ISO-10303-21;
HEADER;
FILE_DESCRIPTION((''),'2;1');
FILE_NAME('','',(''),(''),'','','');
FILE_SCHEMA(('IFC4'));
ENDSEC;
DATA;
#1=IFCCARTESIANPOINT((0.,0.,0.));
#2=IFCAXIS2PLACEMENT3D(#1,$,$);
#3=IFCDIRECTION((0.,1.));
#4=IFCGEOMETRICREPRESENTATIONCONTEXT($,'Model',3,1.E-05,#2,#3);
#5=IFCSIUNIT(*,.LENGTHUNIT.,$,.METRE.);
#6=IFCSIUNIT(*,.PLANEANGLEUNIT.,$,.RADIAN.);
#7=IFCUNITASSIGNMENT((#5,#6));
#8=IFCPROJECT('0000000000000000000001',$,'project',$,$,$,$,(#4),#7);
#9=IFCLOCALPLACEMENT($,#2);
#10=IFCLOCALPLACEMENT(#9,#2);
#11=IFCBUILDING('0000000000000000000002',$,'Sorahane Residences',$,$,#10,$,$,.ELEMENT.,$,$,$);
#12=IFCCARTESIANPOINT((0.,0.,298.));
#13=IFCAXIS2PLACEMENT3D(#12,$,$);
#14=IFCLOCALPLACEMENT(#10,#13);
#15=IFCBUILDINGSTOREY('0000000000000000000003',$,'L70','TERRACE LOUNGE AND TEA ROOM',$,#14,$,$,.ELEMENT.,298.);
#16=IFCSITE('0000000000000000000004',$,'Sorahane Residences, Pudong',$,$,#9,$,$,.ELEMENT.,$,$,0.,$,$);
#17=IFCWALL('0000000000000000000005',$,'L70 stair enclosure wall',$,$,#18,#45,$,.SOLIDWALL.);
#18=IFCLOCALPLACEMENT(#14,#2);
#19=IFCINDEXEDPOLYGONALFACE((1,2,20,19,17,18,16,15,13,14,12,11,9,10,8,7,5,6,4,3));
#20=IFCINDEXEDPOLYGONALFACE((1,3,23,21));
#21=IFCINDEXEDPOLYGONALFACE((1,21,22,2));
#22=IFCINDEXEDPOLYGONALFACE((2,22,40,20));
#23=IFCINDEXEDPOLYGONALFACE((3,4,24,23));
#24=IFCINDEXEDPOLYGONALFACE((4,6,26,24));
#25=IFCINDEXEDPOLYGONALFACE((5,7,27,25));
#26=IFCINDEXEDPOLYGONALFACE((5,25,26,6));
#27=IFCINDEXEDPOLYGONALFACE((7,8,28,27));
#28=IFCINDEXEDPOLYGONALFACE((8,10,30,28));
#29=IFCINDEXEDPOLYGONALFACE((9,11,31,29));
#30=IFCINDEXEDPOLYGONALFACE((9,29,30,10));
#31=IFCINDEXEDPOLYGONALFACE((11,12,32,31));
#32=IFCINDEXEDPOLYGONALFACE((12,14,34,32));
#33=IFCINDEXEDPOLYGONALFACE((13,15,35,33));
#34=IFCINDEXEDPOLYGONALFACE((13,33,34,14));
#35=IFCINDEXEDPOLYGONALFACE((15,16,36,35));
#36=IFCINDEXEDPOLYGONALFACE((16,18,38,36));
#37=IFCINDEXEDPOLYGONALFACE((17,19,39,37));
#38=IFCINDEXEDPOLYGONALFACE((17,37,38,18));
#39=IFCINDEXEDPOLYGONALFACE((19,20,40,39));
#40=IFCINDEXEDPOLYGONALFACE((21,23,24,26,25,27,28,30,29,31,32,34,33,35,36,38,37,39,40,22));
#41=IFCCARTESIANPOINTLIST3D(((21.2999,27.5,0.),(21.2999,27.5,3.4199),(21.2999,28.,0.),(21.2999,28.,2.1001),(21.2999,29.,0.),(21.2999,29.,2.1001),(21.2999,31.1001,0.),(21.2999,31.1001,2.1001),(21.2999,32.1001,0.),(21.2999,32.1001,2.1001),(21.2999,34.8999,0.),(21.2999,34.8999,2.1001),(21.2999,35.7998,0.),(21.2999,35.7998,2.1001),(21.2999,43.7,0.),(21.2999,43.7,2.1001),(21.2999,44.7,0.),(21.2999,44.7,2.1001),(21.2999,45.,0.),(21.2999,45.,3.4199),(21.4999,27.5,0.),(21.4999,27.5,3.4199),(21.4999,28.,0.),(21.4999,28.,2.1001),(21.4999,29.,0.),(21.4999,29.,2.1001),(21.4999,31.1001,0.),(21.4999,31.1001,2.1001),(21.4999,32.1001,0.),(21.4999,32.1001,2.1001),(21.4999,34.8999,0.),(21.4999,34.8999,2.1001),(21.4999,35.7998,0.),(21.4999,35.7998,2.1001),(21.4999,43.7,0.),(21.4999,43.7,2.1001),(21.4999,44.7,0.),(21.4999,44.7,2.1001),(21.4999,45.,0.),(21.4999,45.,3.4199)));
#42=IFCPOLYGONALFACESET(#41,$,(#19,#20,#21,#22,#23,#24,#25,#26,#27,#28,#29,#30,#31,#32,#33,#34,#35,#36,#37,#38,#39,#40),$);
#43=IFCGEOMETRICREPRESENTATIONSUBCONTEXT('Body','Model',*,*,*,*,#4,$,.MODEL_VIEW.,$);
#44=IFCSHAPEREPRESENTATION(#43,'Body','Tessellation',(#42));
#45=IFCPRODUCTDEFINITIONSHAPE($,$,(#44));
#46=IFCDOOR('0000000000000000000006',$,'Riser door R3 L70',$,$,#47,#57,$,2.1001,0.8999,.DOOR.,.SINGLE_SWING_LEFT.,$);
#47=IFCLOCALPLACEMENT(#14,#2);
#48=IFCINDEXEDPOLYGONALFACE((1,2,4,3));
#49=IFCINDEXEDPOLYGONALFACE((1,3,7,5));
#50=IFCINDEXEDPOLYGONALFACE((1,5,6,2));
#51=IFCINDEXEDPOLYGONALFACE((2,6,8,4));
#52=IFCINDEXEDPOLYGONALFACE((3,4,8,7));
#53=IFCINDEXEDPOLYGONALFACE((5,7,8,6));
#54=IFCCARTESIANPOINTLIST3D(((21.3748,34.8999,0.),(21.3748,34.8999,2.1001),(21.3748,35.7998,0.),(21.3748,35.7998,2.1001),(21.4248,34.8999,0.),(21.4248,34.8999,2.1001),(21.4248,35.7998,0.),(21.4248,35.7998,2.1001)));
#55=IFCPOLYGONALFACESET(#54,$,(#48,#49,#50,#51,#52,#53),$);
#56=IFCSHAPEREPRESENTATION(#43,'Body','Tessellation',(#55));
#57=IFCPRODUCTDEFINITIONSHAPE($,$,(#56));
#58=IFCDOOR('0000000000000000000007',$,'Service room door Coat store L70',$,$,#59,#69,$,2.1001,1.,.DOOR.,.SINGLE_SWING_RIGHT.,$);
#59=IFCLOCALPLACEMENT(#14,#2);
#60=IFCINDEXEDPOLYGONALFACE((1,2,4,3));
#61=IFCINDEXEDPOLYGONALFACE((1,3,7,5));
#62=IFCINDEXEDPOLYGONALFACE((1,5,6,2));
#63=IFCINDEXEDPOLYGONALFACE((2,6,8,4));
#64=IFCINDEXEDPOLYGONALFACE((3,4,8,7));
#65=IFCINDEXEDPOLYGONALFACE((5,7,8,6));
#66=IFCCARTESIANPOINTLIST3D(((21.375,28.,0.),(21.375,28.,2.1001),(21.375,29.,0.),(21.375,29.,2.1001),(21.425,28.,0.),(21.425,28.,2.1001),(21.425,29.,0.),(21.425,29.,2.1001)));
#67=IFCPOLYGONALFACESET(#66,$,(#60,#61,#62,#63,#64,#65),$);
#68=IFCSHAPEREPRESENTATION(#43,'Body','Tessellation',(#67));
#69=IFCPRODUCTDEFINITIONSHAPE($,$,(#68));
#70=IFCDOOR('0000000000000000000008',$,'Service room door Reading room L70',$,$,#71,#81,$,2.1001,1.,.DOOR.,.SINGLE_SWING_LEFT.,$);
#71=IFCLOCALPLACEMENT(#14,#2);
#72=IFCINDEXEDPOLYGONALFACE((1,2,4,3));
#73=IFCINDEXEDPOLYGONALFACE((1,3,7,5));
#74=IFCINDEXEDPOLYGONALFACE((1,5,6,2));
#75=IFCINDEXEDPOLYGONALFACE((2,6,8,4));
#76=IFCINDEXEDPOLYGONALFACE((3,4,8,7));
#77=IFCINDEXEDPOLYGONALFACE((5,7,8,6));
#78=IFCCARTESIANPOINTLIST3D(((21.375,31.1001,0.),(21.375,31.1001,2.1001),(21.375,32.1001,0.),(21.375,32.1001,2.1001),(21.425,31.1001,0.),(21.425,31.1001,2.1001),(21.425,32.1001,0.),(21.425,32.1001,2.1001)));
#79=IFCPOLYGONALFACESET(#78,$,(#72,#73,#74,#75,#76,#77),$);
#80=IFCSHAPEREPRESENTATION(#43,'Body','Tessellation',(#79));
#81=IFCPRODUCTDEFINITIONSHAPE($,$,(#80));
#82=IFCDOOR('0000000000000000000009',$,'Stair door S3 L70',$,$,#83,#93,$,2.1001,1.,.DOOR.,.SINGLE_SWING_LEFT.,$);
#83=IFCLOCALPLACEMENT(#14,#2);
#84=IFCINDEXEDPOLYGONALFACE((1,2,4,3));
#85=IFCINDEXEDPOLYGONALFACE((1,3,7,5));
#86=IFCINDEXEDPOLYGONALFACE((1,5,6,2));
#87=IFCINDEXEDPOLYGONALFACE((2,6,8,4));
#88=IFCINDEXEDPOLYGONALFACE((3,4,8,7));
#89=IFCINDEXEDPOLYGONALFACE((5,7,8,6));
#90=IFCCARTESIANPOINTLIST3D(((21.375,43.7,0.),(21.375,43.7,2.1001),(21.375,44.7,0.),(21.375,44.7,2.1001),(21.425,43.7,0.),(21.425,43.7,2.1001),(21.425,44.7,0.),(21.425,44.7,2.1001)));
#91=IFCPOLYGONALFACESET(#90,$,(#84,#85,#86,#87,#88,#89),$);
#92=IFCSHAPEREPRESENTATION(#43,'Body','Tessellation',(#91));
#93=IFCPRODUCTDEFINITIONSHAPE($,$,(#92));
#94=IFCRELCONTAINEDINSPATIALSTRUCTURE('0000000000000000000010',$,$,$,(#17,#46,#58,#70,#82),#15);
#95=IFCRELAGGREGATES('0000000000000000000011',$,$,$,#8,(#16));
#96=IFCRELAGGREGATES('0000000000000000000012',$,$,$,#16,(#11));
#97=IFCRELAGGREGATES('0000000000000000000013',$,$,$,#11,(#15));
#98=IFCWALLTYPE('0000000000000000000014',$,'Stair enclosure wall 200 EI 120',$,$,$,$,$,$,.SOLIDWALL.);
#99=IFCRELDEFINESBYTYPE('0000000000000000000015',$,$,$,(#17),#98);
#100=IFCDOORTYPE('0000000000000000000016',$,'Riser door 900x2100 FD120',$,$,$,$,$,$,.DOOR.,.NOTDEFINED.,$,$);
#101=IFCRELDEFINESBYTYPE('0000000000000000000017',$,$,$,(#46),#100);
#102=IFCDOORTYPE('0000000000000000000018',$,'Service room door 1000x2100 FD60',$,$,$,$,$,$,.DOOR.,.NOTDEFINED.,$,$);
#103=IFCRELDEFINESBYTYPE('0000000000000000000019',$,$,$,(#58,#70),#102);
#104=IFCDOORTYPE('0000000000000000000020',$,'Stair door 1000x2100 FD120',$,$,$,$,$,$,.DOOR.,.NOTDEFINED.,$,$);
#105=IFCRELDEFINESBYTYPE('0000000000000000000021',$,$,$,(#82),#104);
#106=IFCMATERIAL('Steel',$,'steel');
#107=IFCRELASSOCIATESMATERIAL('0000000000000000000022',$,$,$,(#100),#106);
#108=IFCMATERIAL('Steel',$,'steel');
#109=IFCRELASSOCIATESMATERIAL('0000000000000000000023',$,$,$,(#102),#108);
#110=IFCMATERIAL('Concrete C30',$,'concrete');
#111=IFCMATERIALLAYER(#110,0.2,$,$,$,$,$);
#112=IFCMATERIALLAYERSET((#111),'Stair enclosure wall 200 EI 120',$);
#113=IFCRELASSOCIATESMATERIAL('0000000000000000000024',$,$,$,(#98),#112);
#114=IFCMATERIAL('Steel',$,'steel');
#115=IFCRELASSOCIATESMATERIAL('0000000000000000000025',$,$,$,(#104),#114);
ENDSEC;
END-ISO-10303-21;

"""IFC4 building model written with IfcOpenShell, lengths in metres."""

from ifc_helpers import new_model, si_unit, direction, frame, frame_2d, origin, place, context, subcontext, project, spatial, rectangle, extrude, material, layer, layer_set, type_object, element, fill, save


model = new_model("IFC4")

# Units and contexts
model_context = context("Model", 3, precision=1e-05, world=origin(), true_north=direction((0.0, 1.0)))
body_context = subcontext(model_context, "Body", "Model", "MODEL_VIEW")
ifc_project = project(units=[si_unit("LENGTHUNIT", "METRE"), si_unit("PLANEANGLEUNIT", "RADIAN")], contexts=[model_context])

# Site, building, storey
site_placement = place(None, origin())
site = spatial("IfcSite", under=ifc_project, at=site_placement, Name="Sorahane Residences, Pudong", CompositionType="ELEMENT", RefElevation=0.0)
building_placement = place(site_placement, origin())
building = spatial("IfcBuilding", under=site, at=building_placement, Name="Sorahane Residences", CompositionType="ELEMENT")
storey_placement = place(building_placement, frame((0.0, 0.0, 298.0)))
storey = spatial("IfcBuildingStorey", under=building, at=storey_placement, Name="L70", Description="TERRACE LOUNGE AND TEA ROOM", CompositionType="ELEMENT", Elevation=298.0)

# Shared definitions
ifc_material_1 = material(Name="Steel", Category="steel")
door_type_1 = type_object("IfcDoorType", Name="Riser door 900x2100 FD120", OperationType="NOTDEFINED", PredefinedType="DOOR", material=ifc_material_1)

# Shared definitions
ifc_material_2 = material(Name="Steel", Category="steel")
door_type_2 = type_object("IfcDoorType", Name="Service room door 1000x2100 FD60", OperationType="NOTDEFINED", PredefinedType="DOOR", material=ifc_material_2)

# Wall, openings, doors
ifc_material_3 = material(Name="Concrete C30", Category="concrete")
ifc_layer_1 = layer(ifc_material_3, 0.2)
ifc_layer_set_1 = layer_set([ifc_layer_1], Name="Stair enclosure wall 200 EI 120")
wall_type_1 = type_object("IfcWallType", Name="Stair enclosure wall 200 EI 120", PredefinedType="SOLIDWALL", material=ifc_layer_set_1)
wall_1_placement = place(storey_placement, frame((21.3999, 27.5, 0.0), z_axis=(0.0, 0.0, 1.0), x_axis=(0.0, 1.0, 0.0)))
wall_1 = element("IfcWall", 1, at=wall_1_placement, inside=storey, type_object=wall_type_1, Name="L70 stair enclosure wall", PredefinedType="SOLIDWALL", context=body_context, shape_type="SweptSolid", body=[
    extrude(rectangle(XDim=17.5, YDim=0.2, at=frame_2d((8.75, 0.0))), origin(), (0.0, 0.0, 1.0), 3.4199),
])
opening_1_placement = place(wall_1_placement, frame((0.5, 0.0, 0.0)))
opening_1 = element("IfcOpeningElement", 2, at=opening_1_placement, cuts=wall_1, PredefinedType="OPENING", context=body_context, shape_type="SweptSolid", body=[
    extrude(rectangle(XDim=1.0, YDim=2.1001, at=frame_2d((0.5, 1.05))), frame((0.0, 0.1099, 0.0), z_axis=(0.0, -1.0, 0.0), x_axis=(1.0, 0.0, 0.0)), (0.0, 0.0, 1.0), 0.22),
])
opening_2_placement = place(wall_1_placement, frame((3.6001, 0.0, 0.0)))
opening_2 = element("IfcOpeningElement", 3, at=opening_2_placement, cuts=wall_1, PredefinedType="OPENING", context=body_context, shape_type="SweptSolid", body=[
    extrude(rectangle(XDim=1.0, YDim=2.1001, at=frame_2d((0.5, 1.05))), frame((0.0, 0.1099, 0.0), z_axis=(0.0, -1.0, 0.0), x_axis=(1.0, 0.0, 0.0)), (0.0, 0.0, 1.0), 0.22),
])
opening_3_placement = place(wall_1_placement, frame((16.2, 0.0, 0.0)))
opening_3 = element("IfcOpeningElement", 4, at=opening_3_placement, cuts=wall_1, PredefinedType="OPENING", context=body_context, shape_type="SweptSolid", body=[
    extrude(rectangle(XDim=1.0, YDim=2.1001, at=frame_2d((0.5, 1.05))), frame((0.0, 0.1099, 0.0), z_axis=(0.0, -1.0, 0.0), x_axis=(1.0, 0.0, 0.0)), (0.0, 0.0, 1.0), 0.22),
])
opening_4_placement = place(wall_1_placement, frame((7.3999, 0.0, 0.0)))
opening_4 = element("IfcOpeningElement", 5, at=opening_4_placement, cuts=wall_1, PredefinedType="OPENING", context=body_context, shape_type="SweptSolid", body=[
    extrude(rectangle(XDim=0.8999, YDim=2.1001, at=frame_2d((0.45, 1.05))), frame((0.0, 0.1099, 0.0), z_axis=(0.0, -1.0, 0.0), x_axis=(1.0, 0.0, 0.0)), (0.0, 0.0, 1.0), 0.22),
])
door_1_placement = place(opening_4_placement, frame((0.8999, 0.0, 0.0), z_axis=(0.0, 0.0, 1.0), x_axis=(-1.0, 0.0, 0.0)))
door_1 = element("IfcDoor", 6, at=door_1_placement, inside=storey, type_object=door_type_1, Name="Riser door R3 L70", OperationType="SINGLE_SWING_LEFT", OverallHeight=2.1001, OverallWidth=0.8999, PredefinedType="DOOR", context=body_context, shape_type="SweptSolid", body=[
    extrude(rectangle(XDim=0.8999, YDim=2.1001, at=frame_2d((0.45, 1.05))), frame((0.0, 0.0249, 0.0), z_axis=(0.0, -1.0, 0.0), x_axis=(1.0, 0.0, 0.0)), (0.0, 0.0, 1.0), 0.05),
])
fill(opening_4, door_1)
door_2_placement = place(opening_1_placement, origin())
door_2 = element("IfcDoor", 7, at=door_2_placement, inside=storey, type_object=door_type_2, Name="Service room door Coat store L70", OperationType="SINGLE_SWING_RIGHT", OverallHeight=2.1001, OverallWidth=1.0, PredefinedType="DOOR", context=body_context, shape_type="SweptSolid", body=[
    extrude(rectangle(XDim=1.0, YDim=2.1001, at=frame_2d((0.5, 1.05))), frame((0.0, 0.0249, 0.0), z_axis=(0.0, -1.0, 0.0), x_axis=(1.0, 0.0, 0.0)), (0.0, 0.0, 1.0), 0.05),
])
fill(opening_1, door_2)
door_3_placement = place(opening_2_placement, origin())
door_3 = element("IfcDoor", 8, at=door_3_placement, inside=storey, type_object=door_type_2, Name="Service room door Reading room L70", OperationType="SINGLE_SWING_LEFT", OverallHeight=2.1001, OverallWidth=1.0, PredefinedType="DOOR", context=body_context, shape_type="SweptSolid", body=[
    extrude(rectangle(XDim=1.0, YDim=2.1001, at=frame_2d((0.5, 1.05))), frame((0.0, 0.0249, 0.0), z_axis=(0.0, -1.0, 0.0), x_axis=(1.0, 0.0, 0.0)), (0.0, 0.0, 1.0), 0.05),
])
fill(opening_2, door_3)
ifc_material_4 = material(Name="Steel", Category="steel")
door_type_3 = type_object("IfcDoorType", Name="Stair door 1000x2100 FD120", OperationType="NOTDEFINED", PredefinedType="DOOR", material=ifc_material_4)
door_4_placement = place(opening_3_placement, origin())
door_4 = element("IfcDoor", 9, at=door_4_placement, inside=storey, type_object=door_type_3, Name="Stair door S3 L70", OperationType="SINGLE_SWING_LEFT", OverallHeight=2.1001, OverallWidth=1.0, PredefinedType="DOOR", context=body_context, shape_type="SweptSolid", body=[
    extrude(rectangle(XDim=1.0, YDim=2.1001, at=frame_2d((0.5, 1.05))), frame((0.0, 0.0249, 0.0), z_axis=(0.0, -1.0, 0.0), x_axis=(1.0, 0.0, 0.0)), (0.0, 0.0, 1.0), 0.05),
])
fill(opening_3, door_4)

save(model, "model.ifc")
